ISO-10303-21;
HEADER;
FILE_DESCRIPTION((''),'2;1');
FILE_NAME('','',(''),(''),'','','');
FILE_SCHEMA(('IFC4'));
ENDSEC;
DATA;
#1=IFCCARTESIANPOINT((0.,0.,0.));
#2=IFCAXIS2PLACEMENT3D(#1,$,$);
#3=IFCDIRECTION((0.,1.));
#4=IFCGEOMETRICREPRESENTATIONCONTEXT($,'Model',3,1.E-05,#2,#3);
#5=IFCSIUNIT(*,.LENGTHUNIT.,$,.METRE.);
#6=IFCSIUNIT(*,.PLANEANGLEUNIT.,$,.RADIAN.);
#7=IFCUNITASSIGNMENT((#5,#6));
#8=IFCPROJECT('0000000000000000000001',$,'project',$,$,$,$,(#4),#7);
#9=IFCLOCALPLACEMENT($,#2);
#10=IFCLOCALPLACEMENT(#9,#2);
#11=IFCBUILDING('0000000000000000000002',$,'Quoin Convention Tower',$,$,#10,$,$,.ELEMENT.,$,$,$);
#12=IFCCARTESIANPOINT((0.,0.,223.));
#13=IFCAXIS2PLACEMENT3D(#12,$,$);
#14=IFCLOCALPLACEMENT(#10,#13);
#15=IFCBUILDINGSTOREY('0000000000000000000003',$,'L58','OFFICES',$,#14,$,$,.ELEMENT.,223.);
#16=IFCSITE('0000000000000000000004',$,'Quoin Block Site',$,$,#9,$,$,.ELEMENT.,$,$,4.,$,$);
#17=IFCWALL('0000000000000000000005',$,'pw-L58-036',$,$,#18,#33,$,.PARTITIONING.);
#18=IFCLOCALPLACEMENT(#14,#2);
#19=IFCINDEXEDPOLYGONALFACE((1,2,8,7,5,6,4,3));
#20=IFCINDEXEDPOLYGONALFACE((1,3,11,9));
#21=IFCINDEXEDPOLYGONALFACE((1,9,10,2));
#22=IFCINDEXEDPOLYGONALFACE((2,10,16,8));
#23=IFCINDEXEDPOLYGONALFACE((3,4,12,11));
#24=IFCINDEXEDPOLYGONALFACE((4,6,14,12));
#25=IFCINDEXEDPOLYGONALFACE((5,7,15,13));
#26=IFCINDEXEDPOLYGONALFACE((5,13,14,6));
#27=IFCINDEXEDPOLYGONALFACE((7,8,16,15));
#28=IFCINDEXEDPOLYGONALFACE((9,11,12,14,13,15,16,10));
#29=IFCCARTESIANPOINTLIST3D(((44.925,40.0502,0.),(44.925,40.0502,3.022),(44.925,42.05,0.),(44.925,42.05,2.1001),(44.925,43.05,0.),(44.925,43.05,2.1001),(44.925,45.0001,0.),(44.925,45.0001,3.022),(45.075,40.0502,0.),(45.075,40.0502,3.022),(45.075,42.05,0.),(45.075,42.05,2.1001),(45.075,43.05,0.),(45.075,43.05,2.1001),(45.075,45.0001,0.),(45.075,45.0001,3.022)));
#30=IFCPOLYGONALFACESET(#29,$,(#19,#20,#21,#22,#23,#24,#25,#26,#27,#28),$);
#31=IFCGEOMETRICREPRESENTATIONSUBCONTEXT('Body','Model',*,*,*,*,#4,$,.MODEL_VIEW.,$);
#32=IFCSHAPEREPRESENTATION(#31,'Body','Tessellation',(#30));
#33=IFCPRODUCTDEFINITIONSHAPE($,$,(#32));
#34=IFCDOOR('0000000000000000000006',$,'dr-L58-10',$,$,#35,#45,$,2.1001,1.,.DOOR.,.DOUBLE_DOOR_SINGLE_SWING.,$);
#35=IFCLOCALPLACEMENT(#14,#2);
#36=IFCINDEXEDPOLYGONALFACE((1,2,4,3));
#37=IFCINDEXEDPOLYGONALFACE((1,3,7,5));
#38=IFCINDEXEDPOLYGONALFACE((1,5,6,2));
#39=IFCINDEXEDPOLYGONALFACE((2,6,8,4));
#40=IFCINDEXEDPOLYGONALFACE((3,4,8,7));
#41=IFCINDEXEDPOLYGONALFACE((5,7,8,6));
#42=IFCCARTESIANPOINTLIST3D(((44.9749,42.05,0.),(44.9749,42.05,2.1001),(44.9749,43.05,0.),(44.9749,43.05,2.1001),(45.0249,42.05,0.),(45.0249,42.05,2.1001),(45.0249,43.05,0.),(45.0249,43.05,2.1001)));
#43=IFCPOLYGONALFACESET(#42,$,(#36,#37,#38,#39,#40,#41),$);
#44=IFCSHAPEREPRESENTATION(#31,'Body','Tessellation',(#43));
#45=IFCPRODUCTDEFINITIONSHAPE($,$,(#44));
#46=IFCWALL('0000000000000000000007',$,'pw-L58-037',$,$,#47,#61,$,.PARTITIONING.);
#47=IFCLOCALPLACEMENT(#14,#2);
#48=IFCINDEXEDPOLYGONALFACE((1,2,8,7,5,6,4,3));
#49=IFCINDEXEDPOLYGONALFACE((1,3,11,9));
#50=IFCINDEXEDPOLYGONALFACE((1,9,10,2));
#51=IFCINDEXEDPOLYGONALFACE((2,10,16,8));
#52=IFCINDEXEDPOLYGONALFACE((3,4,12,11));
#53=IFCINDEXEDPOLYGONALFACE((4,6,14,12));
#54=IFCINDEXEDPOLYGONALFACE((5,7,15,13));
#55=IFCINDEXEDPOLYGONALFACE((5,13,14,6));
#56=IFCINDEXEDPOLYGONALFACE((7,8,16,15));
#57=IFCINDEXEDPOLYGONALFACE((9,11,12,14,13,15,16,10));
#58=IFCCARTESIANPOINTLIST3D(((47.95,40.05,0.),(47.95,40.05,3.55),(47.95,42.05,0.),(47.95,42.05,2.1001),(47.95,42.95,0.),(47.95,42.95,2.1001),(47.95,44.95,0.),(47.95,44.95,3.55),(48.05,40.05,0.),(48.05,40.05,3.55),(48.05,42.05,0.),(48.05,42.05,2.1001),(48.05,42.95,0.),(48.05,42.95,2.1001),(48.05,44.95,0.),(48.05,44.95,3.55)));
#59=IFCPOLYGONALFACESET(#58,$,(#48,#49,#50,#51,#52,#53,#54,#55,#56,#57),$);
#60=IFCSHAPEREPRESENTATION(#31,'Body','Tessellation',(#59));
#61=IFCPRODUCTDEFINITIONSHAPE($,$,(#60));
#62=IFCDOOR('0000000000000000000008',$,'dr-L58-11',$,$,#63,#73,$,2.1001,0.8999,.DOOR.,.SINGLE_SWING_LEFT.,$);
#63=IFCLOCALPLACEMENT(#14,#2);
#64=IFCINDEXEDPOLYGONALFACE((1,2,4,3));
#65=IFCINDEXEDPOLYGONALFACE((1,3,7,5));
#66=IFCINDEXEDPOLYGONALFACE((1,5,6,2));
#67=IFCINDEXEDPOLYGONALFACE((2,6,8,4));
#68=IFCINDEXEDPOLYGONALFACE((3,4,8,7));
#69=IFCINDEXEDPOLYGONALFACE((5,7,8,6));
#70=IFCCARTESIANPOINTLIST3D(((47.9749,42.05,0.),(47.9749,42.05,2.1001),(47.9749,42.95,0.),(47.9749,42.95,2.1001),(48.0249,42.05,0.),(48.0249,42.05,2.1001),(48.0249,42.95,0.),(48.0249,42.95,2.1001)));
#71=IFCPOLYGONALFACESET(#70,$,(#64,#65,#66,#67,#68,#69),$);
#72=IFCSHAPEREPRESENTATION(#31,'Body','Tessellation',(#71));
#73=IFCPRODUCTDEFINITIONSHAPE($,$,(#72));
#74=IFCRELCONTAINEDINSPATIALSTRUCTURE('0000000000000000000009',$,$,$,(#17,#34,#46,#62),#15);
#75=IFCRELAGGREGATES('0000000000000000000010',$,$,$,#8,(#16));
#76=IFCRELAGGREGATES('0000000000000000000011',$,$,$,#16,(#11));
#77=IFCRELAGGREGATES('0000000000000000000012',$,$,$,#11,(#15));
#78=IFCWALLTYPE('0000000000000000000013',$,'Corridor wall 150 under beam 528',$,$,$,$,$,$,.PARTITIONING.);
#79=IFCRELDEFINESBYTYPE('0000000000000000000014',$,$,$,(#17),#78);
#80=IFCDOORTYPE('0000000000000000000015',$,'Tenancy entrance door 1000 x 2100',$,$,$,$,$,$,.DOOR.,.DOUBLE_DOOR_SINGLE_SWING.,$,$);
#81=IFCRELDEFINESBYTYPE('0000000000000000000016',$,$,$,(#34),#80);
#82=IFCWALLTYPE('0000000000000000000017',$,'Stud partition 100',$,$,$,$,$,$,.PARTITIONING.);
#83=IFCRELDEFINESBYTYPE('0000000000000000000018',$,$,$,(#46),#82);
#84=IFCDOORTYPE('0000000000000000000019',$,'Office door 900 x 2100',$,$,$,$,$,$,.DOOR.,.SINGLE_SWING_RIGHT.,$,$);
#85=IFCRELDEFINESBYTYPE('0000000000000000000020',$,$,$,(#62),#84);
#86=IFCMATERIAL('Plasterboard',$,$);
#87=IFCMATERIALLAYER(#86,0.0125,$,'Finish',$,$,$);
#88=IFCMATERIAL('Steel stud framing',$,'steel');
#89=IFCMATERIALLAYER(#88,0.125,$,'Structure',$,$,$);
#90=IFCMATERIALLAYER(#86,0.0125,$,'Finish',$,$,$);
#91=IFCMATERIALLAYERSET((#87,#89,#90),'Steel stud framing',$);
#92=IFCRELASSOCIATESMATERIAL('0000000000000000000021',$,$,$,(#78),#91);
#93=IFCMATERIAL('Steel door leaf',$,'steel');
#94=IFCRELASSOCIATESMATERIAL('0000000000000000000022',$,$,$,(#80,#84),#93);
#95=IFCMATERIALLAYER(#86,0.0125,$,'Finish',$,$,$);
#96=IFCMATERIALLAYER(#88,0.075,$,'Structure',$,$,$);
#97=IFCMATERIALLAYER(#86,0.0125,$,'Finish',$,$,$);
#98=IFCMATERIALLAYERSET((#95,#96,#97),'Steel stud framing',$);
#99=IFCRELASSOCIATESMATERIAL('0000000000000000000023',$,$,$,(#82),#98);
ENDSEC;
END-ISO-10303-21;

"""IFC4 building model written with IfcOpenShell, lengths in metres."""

from ifc_helpers import new_model, si_unit, direction, frame, frame_2d, origin, place, context, subcontext, project, spatial, rectangle, extrude, material, layer, layer_set, type_object, element, fill, save


model = new_model("IFC4")

# Units and contexts
model_context = context("Model", 3, precision=1e-05, world=origin(), true_north=direction((0.0, 1.0)))
body_context = subcontext(model_context, "Body", "Model", "MODEL_VIEW")
ifc_project = project(units=[si_unit("LENGTHUNIT", "METRE"), si_unit("PLANEANGLEUNIT", "RADIAN")], contexts=[model_context])

# Site, building, storey
site_placement = place(None, origin())
site = spatial("IfcSite", under=ifc_project, at=site_placement, Name="Quoin Block Site", CompositionType="ELEMENT", RefElevation=4.0)
building_placement = place(site_placement, origin())
building = spatial("IfcBuilding", under=site, at=building_placement, Name="Quoin Convention Tower", CompositionType="ELEMENT")
storey_placement = place(building_placement, frame((0.0, 0.0, 223.0)))
storey = spatial("IfcBuildingStorey", under=building, at=storey_placement, Name="L58", Description="OFFICES", CompositionType="ELEMENT", Elevation=223.0)

# Shared definitions
ifc_material_1 = material(Name="Plasterboard")
ifc_material_2 = material(Name="Steel stud framing", Category="steel")

# Walls, openings, doors
ifc_layer_1 = layer(ifc_material_1, 0.0125, Name="Finish")
ifc_layer_2 = layer(ifc_material_2, 0.125, Name="Structure")
ifc_layer_3 = layer(ifc_material_1, 0.0125, Name="Finish")
ifc_layer_set_1 = layer_set([ifc_layer_1, ifc_layer_2, ifc_layer_3], Name="Steel stud framing")
wall_type_1 = type_object("IfcWallType", Name="Corridor wall 150 under beam 528", PredefinedType="PARTITIONING", material=ifc_layer_set_1)
wall_1_placement = place(storey_placement, frame((45.0, 40.05, 0.0), z_axis=(0.0, 0.0, 1.0), x_axis=(0.0, 1.0, 0.0)))
wall_1 = element("IfcWall", 1, at=wall_1_placement, inside=storey, type_object=wall_type_1, Name="pw-L58-036", PredefinedType="PARTITIONING", context=body_context, shape_type="SweptSolid", body=[
    extrude(rectangle(XDim=4.95, YDim=0.1499, at=frame_2d((2.4751, 0.0))), origin(), (0.0, 0.0, 1.0), 3.022),
])
opening_1_placement = place(wall_1_placement, frame((2.0, 0.0, 0.0)))
opening_1 = element("IfcOpeningElement", 2, at=opening_1_placement, cuts=wall_1, PredefinedType="OPENING", context=body_context, shape_type="SweptSolid", body=[
    extrude(rectangle(XDim=1.0, YDim=2.1001, at=frame_2d((0.5, 1.05))), frame((0.0, 0.085, 0.0), z_axis=(0.0, -1.0, 0.0), x_axis=(1.0, 0.0, 0.0)), (0.0, 0.0, 1.0), 0.1699),
])
ifc_material_3 = material(Name="Steel door leaf", Category="steel")
door_type_1 = type_object("IfcDoorType", Name="Tenancy entrance door 1000 x 2100", OperationType="DOUBLE_DOOR_SINGLE_SWING", PredefinedType="DOOR", material=ifc_material_3)
door_1_placement = place(opening_1_placement, frame((1.0, 0.0, 0.0), z_axis=(0.0, 0.0, 1.0), x_axis=(-1.0, 0.0, 0.0)))
door_1 = element("IfcDoor", 3, at=door_1_placement, inside=storey, type_object=door_type_1, Name="dr-L58-10", OperationType="DOUBLE_DOOR_SINGLE_SWING", OverallHeight=2.1001, OverallWidth=1.0, PredefinedType="DOOR", context=body_context, shape_type="SweptSolid", body=[
    extrude(rectangle(XDim=1.0, YDim=2.1001, at=frame_2d((0.5, 1.05))), frame((0.0, 0.0249, 0.0), z_axis=(0.0, -1.0, 0.0), x_axis=(1.0, 0.0, 0.0)), (0.0, 0.0, 1.0), 0.05),
])
fill(opening_1, door_1)
ifc_layer_4 = layer(ifc_material_1, 0.0125, Name="Finish")
ifc_layer_5 = layer(ifc_material_2, 0.075, Name="Structure")
ifc_layer_6 = layer(ifc_material_1, 0.0125, Name="Finish")
ifc_layer_set_2 = layer_set([ifc_layer_4, ifc_layer_5, ifc_layer_6], Name="Steel stud framing")
wall_type_2 = type_object("IfcWallType", Name="Stud partition 100", PredefinedType="PARTITIONING", material=ifc_layer_set_2)
wall_2_placement = place(storey_placement, frame((48.0, 40.05, 0.0), z_axis=(0.0, 0.0, 1.0), x_axis=(0.0, 1.0, 0.0)))
wall_2 = element("IfcWall", 4, at=wall_2_placement, inside=storey, type_object=wall_type_2, Name="pw-L58-037", PredefinedType="PARTITIONING", context=body_context, shape_type="SweptSolid", body=[
    extrude(rectangle(XDim=4.8999, YDim=0.1001, at=frame_2d((2.45, 0.0))), origin(), (0.0, 0.0, 1.0), 3.55),
])
opening_2_placement = place(wall_2_placement, frame((2.0, 0.0, 0.0)))
opening_2 = element("IfcOpeningElement", 5, at=opening_2_placement, cuts=wall_2, PredefinedType="OPENING", context=body_context, shape_type="SweptSolid", body=[
    extrude(rectangle(XDim=0.8999, YDim=2.1001, at=frame_2d((0.45, 1.05))), frame((0.0, 0.0601, 0.0), z_axis=(0.0, -1.0, 0.0), x_axis=(1.0, 0.0, 0.0)), (0.0, 0.0, 1.0), 0.1201),
])
door_type_2 = type_object("IfcDoorType", Name="Office door 900 x 2100", OperationType="SINGLE_SWING_RIGHT", PredefinedType="DOOR", material=ifc_material_3)
door_2_placement = place(opening_2_placement, frame((0.8999, 0.0, 0.0), z_axis=(0.0, 0.0, 1.0), x_axis=(-1.0, 0.0, 0.0)))
door_2 = element("IfcDoor", 6, at=door_2_placement, inside=storey, type_object=door_type_2, Name="dr-L58-11", OperationType="SINGLE_SWING_LEFT", OverallHeight=2.1001, OverallWidth=0.8999, PredefinedType="DOOR", context=body_context, shape_type="SweptSolid", body=[
    extrude(rectangle(XDim=0.8999, YDim=2.1001, at=frame_2d((0.45, 1.05))), frame((0.0, 0.0249, 0.0), z_axis=(0.0, -1.0, 0.0), x_axis=(1.0, 0.0, 0.0)), (0.0, 0.0, 1.0), 0.05),
])
fill(opening_2, door_2)

save(model, "model.ifc")
